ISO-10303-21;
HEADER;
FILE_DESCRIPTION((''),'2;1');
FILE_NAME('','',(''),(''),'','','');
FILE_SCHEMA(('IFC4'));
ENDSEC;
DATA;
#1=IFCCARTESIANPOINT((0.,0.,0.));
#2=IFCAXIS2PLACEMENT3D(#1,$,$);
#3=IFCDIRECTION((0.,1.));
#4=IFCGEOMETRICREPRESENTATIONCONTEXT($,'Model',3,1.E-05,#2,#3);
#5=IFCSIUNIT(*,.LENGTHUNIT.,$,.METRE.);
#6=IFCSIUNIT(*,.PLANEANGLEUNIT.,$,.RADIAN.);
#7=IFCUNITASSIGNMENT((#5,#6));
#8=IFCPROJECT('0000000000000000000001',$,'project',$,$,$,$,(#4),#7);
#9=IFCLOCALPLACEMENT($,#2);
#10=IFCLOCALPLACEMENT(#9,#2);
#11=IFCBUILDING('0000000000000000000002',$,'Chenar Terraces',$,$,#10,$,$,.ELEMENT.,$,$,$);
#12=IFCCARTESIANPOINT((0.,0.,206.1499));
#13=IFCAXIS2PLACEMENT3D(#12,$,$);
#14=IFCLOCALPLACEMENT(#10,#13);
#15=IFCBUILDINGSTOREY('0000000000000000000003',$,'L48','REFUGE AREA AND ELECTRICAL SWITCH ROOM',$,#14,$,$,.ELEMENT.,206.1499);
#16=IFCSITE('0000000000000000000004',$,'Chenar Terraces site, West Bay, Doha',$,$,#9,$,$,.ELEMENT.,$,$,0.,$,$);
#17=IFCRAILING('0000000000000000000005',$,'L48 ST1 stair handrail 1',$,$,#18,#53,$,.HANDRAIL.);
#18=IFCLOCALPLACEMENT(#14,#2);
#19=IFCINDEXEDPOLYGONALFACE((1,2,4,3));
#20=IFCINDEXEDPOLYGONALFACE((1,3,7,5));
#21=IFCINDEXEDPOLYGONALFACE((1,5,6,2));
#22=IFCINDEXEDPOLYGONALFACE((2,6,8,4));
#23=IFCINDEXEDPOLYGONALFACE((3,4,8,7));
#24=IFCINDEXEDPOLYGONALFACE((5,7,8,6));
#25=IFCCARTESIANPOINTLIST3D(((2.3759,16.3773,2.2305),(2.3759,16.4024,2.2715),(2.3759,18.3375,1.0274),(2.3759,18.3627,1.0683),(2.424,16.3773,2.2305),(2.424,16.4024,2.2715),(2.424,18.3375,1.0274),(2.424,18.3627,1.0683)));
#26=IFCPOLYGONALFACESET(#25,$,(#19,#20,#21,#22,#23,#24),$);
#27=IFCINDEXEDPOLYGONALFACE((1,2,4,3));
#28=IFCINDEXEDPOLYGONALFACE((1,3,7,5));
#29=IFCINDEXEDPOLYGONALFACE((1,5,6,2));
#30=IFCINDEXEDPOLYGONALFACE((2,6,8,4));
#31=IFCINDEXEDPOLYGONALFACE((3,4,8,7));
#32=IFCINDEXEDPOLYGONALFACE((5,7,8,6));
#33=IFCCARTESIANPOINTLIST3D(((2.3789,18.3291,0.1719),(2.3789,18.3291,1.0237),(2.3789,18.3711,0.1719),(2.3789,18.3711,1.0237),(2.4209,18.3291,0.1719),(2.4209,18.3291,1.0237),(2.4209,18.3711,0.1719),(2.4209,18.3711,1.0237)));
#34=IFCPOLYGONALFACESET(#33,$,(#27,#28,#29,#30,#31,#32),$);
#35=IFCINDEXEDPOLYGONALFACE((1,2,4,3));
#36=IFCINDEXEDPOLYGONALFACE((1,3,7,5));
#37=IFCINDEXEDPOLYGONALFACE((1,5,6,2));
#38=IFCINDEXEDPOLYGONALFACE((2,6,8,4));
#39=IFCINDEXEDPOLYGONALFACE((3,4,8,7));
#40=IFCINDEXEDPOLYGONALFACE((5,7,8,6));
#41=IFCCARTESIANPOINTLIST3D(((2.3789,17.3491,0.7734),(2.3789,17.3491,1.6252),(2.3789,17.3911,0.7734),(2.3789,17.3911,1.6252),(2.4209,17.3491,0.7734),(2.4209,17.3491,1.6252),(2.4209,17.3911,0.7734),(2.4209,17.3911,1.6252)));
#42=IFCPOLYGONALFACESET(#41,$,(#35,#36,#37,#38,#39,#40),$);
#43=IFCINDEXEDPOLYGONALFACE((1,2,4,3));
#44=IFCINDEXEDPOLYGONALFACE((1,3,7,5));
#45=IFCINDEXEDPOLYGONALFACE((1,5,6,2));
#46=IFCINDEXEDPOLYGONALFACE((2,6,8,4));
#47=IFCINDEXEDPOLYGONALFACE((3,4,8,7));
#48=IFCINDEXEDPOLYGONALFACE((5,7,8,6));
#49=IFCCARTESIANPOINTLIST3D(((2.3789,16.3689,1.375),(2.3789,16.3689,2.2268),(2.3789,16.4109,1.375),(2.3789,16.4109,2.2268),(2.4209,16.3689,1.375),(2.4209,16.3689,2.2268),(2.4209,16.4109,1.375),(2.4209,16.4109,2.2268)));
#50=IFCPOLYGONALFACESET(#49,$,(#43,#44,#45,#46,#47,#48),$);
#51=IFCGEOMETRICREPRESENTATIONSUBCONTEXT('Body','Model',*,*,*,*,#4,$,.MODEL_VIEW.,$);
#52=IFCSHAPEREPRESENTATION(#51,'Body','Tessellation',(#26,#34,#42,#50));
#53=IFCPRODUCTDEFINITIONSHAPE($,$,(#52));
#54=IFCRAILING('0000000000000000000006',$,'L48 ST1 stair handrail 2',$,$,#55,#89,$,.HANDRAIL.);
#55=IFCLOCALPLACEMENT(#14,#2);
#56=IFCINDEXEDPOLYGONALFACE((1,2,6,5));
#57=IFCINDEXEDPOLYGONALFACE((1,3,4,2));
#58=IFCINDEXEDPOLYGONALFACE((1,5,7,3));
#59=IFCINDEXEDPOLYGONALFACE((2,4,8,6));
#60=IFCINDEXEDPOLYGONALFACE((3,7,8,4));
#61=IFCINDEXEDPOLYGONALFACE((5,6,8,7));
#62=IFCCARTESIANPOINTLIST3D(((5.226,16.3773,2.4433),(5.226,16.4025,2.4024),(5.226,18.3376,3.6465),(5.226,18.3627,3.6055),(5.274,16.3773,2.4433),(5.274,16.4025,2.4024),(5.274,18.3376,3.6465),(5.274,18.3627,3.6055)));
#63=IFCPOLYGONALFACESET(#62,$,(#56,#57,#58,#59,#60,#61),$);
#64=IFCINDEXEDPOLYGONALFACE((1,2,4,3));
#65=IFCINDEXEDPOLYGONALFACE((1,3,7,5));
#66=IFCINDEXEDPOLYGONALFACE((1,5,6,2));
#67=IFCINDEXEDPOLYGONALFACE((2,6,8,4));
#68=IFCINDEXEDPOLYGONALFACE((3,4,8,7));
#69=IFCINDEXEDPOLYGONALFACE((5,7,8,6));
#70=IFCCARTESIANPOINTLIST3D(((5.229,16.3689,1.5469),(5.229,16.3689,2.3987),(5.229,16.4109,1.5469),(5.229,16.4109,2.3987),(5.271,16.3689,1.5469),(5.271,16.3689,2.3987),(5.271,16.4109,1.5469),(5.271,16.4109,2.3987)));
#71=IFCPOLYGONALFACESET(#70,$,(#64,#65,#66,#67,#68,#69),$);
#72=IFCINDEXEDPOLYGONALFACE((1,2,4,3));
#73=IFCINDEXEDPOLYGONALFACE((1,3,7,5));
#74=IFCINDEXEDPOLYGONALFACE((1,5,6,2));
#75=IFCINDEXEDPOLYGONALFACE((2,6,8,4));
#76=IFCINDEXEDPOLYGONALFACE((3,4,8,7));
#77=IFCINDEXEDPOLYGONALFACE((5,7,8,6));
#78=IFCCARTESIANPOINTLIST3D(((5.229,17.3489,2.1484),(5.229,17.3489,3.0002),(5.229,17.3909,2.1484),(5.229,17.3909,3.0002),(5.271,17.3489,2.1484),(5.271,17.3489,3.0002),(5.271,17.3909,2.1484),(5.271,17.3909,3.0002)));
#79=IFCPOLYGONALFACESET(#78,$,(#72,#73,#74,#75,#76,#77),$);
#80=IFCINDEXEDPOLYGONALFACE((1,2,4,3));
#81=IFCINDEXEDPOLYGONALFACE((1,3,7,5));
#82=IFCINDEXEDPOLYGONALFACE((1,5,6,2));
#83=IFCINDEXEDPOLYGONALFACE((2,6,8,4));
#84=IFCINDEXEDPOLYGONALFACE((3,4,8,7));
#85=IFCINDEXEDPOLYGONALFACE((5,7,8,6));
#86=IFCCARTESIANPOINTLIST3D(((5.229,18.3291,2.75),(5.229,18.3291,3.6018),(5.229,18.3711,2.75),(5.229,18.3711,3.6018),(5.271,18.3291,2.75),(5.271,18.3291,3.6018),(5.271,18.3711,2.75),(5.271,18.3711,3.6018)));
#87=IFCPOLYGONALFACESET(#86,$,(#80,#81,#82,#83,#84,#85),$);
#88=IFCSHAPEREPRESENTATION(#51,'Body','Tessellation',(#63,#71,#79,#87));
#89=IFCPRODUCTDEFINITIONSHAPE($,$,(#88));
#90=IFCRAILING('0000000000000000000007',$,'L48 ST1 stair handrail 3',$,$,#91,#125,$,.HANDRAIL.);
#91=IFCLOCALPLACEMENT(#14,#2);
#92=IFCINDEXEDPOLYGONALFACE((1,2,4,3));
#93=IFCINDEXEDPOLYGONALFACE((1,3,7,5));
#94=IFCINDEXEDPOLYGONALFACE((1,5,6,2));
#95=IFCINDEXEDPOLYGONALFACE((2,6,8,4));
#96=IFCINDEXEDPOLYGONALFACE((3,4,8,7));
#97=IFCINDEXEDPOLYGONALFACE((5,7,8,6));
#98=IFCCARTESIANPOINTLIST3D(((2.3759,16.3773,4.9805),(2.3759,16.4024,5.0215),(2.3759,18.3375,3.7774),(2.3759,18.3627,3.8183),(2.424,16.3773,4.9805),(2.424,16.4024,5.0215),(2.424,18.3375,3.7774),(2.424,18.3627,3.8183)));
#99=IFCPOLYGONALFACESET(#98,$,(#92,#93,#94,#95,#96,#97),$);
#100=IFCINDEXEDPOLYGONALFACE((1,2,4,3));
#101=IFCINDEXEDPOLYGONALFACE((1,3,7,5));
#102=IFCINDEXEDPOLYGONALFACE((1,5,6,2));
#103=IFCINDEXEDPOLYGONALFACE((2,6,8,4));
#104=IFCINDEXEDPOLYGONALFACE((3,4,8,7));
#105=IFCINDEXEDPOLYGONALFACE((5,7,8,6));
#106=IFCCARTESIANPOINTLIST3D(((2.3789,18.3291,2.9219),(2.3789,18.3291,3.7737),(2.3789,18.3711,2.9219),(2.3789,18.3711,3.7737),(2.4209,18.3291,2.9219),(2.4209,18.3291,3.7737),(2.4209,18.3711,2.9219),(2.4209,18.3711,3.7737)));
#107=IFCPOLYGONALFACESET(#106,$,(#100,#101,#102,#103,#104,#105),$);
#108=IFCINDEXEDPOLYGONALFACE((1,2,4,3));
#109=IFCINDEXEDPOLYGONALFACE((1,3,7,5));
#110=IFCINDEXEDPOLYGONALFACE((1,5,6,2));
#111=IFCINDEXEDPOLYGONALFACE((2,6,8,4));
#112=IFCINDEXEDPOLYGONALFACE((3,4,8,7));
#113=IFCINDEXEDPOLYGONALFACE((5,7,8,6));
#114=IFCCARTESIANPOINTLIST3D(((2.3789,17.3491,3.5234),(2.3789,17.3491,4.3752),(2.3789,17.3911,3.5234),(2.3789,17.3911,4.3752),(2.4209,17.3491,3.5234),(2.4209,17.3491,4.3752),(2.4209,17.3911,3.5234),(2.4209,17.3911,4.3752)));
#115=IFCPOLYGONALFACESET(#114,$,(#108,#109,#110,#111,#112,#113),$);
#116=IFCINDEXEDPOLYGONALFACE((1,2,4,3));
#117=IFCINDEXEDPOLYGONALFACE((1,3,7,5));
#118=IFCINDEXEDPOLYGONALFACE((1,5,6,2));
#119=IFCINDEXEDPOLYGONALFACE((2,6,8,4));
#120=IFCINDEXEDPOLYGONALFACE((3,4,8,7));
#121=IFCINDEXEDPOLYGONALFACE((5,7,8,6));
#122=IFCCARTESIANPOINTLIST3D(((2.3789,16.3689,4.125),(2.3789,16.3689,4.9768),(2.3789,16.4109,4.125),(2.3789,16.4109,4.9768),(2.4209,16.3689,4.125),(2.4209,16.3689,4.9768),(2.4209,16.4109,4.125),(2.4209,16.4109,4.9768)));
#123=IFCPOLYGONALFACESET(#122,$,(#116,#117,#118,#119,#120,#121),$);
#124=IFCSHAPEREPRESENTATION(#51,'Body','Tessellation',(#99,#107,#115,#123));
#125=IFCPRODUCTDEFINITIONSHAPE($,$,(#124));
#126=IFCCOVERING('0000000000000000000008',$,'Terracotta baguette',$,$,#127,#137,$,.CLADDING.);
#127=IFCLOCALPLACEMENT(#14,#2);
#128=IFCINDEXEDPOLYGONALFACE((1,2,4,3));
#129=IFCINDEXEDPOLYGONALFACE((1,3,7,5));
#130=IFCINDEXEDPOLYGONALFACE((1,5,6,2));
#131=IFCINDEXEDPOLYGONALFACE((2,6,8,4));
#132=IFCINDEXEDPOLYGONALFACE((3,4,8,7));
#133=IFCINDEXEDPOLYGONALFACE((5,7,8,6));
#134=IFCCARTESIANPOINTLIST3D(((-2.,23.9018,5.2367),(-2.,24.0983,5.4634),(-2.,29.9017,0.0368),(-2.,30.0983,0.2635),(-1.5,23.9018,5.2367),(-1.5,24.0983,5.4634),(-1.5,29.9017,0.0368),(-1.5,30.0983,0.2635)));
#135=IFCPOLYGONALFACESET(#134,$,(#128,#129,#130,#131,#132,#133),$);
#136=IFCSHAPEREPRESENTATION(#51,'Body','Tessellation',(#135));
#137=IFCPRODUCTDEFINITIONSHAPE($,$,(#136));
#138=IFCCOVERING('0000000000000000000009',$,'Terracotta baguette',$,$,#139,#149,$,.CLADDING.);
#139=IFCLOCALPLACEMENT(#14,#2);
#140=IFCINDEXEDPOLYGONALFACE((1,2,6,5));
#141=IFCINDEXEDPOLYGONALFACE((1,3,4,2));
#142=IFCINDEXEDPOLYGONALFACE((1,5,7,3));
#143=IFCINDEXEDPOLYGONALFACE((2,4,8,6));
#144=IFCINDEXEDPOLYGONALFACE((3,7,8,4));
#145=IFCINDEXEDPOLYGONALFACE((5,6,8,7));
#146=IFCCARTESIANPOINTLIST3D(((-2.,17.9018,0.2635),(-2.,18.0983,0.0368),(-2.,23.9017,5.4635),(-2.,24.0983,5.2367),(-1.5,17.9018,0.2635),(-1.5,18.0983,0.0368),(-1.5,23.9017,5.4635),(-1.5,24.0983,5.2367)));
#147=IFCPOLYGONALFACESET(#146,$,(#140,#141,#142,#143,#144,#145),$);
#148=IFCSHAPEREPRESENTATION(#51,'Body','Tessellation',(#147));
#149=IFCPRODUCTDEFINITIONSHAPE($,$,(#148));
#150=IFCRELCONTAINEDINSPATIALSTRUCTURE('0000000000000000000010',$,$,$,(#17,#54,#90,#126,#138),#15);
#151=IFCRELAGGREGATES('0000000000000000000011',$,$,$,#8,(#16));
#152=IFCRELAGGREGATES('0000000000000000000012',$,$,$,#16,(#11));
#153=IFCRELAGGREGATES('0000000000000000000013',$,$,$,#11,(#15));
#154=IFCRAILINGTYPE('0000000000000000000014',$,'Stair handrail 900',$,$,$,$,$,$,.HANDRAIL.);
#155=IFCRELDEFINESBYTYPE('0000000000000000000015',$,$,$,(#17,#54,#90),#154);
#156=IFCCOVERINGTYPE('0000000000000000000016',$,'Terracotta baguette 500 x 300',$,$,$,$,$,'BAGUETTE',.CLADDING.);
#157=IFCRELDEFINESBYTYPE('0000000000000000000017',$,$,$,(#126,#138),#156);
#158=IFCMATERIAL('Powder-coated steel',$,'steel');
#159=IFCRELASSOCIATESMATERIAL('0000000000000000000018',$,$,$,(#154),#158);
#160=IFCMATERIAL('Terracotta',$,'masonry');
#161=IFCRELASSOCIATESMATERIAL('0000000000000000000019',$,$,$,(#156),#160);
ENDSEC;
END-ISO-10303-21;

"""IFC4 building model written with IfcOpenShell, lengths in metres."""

from ifc_helpers import new_model, si_unit, direction, frame, origin, origin_2d, place, context, subcontext, project, spatial, rectangle, extrude, material, material_profile, profile_set, type_object, element, save


model = new_model("IFC4")

# Units and contexts
model_context = context("Model", 3, precision=1e-05, world=origin(), true_north=direction((0.0, 1.0)))
body_context = subcontext(model_context, "Body", "Model", "MODEL_VIEW")
ifc_project = project(units=[si_unit("LENGTHUNIT", "METRE"), si_unit("PLANEANGLEUNIT", "RADIAN")], contexts=[model_context])

# Site, building, storey
site_placement = place(None, origin())
site = spatial("IfcSite", under=ifc_project, at=site_placement, Name="Chenar Terraces site, West Bay, Doha", CompositionType="ELEMENT", RefElevation=0.0)
building_placement = place(site_placement, origin())
building = spatial("IfcBuilding", under=site, at=building_placement, Name="Chenar Terraces", CompositionType="ELEMENT")
storey_placement = place(building_placement, frame((0.0, 0.0, 206.1499)))
storey = spatial("IfcBuildingStorey", under=building, at=storey_placement, Name="L48", Description="REFUGE AREA AND ELECTRICAL SWITCH ROOM", CompositionType="ELEMENT", Elevation=206.1499)

# Railings
ifc_material_1 = material(Name="Powder-coated steel", Category="steel")
railing_type_1 = type_object("IfcRailingType", Name="Stair handrail 900", PredefinedType="HANDRAIL", material=ifc_material_1)
railing_1_placement = place(storey_placement, frame((2.3999, 18.3501, 0.1719)))
element("IfcRailing", 1, at=railing_1_placement, inside=storey, type_object=railing_type_1, Name="L48 ST1 stair handrail 1", PredefinedType="HANDRAIL", context=body_context, shape_type="SweptSolid", body=[
    extrude(rectangle(XDim=0.0481, YDim=0.0481, at=origin_2d()), frame((0.0, 0.0, 0.876), z_axis=(0.0, -0.85227, 0.523102), x_axis=(1.0, 0.0, 0.0)), (0.0, 0.0, 1.0), 2.3),
    extrude(rectangle(XDim=0.042, YDim=0.042, at=origin_2d()), origin(), (0.0, 0.0, 1.0), 0.8518),
    extrude(rectangle(XDim=0.042, YDim=0.042, at=origin_2d()), frame((0.0, -0.98, 0.6016)), (0.0, 0.0, 1.0), 0.8518),
    extrude(rectangle(XDim=0.042, YDim=0.042, at=origin_2d()), frame((0.0, -1.9602, 1.2031)), (0.0, 0.0, 1.0), 0.8518),
])
railing_2_placement = place(storey_placement, frame((5.25, 16.3899, 1.5469)))
element("IfcRailing", 2, at=railing_2_placement, inside=storey, type_object=railing_type_1, Name="L48 ST1 stair handrail 2", PredefinedType="HANDRAIL", context=body_context, shape_type="SweptSolid", body=[
    extrude(rectangle(XDim=0.0481, YDim=0.0481, at=origin_2d()), frame((0.0, 0.0, 0.876), z_axis=(0.0, 0.85227, 0.523102), x_axis=(-1.0, 0.0, 0.0)), (0.0, 0.0, 1.0), 2.3),
    extrude(rectangle(XDim=0.042, YDim=0.042, at=origin_2d()), origin(), (0.0, 0.0, 1.0), 0.8518),
    extrude(rectangle(XDim=0.042, YDim=0.042, at=origin_2d()), frame((0.0, 0.98, 0.6016)), (0.0, 0.0, 1.0), 0.8518),
    extrude(rectangle(XDim=0.042, YDim=0.042, at=origin_2d()), frame((0.0, 1.9602, 1.2031)), (0.0, 0.0, 1.0), 0.8518),
])
railing_3_placement = place(storey_placement, frame((2.3999, 18.3501, 2.9219)))
element("IfcRailing", 3, at=railing_3_placement, inside=storey, type_object=railing_type_1, Name="L48 ST1 stair handrail 3", PredefinedType="HANDRAIL", context=body_context, shape_type="SweptSolid", body=[
    extrude(rectangle(XDim=0.0481, YDim=0.0481, at=origin_2d()), frame((0.0, 0.0, 0.876), z_axis=(0.0, -0.85227, 0.523102), x_axis=(1.0, 0.0, 0.0)), (0.0, 0.0, 1.0), 2.3),
    extrude(rectangle(XDim=0.042, YDim=0.042, at=origin_2d()), origin(), (0.0, 0.0, 1.0), 0.8518),
    extrude(rectangle(XDim=0.042, YDim=0.042, at=origin_2d()), frame((0.0, -0.98, 0.6016)), (0.0, 0.0, 1.0), 0.8518),
    extrude(rectangle(XDim=0.042, YDim=0.042, at=origin_2d()), frame((0.0, -1.9602, 1.2031)), (0.0, 0.0, 1.0), 0.8518),
])

# Coverings
ifc_material_2 = material(Name="Terracotta", Category="masonry")
ifc_material_profile_1 = material_profile(ifc_material_2, rectangle(XDim=0.5, YDim=0.3, at=origin_2d()), Name="Terracotta baguette 500 x 300")
ifc_profile_set_1 = profile_set([ifc_material_profile_1], Name="Terracotta")
covering_type = type_object("IfcCoveringType", Name="Terracotta baguette 500 x 300", ElementType="BAGUETTE", PredefinedType="CLADDING", material=ifc_profile_set_1)
for number, where, z_axis, x_axis, name in (
    (4, (-1.75, 30.0, 0.1501), (0.0, -0.755692, 0.654927), (1.0, 0.0, 0.0), "Terracotta baguette"),
    (5, (-1.75, 24.0, 5.3501), (0.0, -0.755692, -0.654927), (1.0, 0.0, 0.0), "Terracotta baguette"),
):
    element("IfcCovering", number, at=place(storey_placement, frame(where, z_axis=z_axis, x_axis=x_axis)), inside=storey, type_object=covering_type, Name=name, PredefinedType="CLADDING", context=body_context, shape_type="SweptSolid", body=[
        extrude(rectangle(XDim=0.5, YDim=0.3, at=origin_2d()), origin(), (0.0, 0.0, 1.0), 7.9397),
    ])

save(model, "model.ifc")
